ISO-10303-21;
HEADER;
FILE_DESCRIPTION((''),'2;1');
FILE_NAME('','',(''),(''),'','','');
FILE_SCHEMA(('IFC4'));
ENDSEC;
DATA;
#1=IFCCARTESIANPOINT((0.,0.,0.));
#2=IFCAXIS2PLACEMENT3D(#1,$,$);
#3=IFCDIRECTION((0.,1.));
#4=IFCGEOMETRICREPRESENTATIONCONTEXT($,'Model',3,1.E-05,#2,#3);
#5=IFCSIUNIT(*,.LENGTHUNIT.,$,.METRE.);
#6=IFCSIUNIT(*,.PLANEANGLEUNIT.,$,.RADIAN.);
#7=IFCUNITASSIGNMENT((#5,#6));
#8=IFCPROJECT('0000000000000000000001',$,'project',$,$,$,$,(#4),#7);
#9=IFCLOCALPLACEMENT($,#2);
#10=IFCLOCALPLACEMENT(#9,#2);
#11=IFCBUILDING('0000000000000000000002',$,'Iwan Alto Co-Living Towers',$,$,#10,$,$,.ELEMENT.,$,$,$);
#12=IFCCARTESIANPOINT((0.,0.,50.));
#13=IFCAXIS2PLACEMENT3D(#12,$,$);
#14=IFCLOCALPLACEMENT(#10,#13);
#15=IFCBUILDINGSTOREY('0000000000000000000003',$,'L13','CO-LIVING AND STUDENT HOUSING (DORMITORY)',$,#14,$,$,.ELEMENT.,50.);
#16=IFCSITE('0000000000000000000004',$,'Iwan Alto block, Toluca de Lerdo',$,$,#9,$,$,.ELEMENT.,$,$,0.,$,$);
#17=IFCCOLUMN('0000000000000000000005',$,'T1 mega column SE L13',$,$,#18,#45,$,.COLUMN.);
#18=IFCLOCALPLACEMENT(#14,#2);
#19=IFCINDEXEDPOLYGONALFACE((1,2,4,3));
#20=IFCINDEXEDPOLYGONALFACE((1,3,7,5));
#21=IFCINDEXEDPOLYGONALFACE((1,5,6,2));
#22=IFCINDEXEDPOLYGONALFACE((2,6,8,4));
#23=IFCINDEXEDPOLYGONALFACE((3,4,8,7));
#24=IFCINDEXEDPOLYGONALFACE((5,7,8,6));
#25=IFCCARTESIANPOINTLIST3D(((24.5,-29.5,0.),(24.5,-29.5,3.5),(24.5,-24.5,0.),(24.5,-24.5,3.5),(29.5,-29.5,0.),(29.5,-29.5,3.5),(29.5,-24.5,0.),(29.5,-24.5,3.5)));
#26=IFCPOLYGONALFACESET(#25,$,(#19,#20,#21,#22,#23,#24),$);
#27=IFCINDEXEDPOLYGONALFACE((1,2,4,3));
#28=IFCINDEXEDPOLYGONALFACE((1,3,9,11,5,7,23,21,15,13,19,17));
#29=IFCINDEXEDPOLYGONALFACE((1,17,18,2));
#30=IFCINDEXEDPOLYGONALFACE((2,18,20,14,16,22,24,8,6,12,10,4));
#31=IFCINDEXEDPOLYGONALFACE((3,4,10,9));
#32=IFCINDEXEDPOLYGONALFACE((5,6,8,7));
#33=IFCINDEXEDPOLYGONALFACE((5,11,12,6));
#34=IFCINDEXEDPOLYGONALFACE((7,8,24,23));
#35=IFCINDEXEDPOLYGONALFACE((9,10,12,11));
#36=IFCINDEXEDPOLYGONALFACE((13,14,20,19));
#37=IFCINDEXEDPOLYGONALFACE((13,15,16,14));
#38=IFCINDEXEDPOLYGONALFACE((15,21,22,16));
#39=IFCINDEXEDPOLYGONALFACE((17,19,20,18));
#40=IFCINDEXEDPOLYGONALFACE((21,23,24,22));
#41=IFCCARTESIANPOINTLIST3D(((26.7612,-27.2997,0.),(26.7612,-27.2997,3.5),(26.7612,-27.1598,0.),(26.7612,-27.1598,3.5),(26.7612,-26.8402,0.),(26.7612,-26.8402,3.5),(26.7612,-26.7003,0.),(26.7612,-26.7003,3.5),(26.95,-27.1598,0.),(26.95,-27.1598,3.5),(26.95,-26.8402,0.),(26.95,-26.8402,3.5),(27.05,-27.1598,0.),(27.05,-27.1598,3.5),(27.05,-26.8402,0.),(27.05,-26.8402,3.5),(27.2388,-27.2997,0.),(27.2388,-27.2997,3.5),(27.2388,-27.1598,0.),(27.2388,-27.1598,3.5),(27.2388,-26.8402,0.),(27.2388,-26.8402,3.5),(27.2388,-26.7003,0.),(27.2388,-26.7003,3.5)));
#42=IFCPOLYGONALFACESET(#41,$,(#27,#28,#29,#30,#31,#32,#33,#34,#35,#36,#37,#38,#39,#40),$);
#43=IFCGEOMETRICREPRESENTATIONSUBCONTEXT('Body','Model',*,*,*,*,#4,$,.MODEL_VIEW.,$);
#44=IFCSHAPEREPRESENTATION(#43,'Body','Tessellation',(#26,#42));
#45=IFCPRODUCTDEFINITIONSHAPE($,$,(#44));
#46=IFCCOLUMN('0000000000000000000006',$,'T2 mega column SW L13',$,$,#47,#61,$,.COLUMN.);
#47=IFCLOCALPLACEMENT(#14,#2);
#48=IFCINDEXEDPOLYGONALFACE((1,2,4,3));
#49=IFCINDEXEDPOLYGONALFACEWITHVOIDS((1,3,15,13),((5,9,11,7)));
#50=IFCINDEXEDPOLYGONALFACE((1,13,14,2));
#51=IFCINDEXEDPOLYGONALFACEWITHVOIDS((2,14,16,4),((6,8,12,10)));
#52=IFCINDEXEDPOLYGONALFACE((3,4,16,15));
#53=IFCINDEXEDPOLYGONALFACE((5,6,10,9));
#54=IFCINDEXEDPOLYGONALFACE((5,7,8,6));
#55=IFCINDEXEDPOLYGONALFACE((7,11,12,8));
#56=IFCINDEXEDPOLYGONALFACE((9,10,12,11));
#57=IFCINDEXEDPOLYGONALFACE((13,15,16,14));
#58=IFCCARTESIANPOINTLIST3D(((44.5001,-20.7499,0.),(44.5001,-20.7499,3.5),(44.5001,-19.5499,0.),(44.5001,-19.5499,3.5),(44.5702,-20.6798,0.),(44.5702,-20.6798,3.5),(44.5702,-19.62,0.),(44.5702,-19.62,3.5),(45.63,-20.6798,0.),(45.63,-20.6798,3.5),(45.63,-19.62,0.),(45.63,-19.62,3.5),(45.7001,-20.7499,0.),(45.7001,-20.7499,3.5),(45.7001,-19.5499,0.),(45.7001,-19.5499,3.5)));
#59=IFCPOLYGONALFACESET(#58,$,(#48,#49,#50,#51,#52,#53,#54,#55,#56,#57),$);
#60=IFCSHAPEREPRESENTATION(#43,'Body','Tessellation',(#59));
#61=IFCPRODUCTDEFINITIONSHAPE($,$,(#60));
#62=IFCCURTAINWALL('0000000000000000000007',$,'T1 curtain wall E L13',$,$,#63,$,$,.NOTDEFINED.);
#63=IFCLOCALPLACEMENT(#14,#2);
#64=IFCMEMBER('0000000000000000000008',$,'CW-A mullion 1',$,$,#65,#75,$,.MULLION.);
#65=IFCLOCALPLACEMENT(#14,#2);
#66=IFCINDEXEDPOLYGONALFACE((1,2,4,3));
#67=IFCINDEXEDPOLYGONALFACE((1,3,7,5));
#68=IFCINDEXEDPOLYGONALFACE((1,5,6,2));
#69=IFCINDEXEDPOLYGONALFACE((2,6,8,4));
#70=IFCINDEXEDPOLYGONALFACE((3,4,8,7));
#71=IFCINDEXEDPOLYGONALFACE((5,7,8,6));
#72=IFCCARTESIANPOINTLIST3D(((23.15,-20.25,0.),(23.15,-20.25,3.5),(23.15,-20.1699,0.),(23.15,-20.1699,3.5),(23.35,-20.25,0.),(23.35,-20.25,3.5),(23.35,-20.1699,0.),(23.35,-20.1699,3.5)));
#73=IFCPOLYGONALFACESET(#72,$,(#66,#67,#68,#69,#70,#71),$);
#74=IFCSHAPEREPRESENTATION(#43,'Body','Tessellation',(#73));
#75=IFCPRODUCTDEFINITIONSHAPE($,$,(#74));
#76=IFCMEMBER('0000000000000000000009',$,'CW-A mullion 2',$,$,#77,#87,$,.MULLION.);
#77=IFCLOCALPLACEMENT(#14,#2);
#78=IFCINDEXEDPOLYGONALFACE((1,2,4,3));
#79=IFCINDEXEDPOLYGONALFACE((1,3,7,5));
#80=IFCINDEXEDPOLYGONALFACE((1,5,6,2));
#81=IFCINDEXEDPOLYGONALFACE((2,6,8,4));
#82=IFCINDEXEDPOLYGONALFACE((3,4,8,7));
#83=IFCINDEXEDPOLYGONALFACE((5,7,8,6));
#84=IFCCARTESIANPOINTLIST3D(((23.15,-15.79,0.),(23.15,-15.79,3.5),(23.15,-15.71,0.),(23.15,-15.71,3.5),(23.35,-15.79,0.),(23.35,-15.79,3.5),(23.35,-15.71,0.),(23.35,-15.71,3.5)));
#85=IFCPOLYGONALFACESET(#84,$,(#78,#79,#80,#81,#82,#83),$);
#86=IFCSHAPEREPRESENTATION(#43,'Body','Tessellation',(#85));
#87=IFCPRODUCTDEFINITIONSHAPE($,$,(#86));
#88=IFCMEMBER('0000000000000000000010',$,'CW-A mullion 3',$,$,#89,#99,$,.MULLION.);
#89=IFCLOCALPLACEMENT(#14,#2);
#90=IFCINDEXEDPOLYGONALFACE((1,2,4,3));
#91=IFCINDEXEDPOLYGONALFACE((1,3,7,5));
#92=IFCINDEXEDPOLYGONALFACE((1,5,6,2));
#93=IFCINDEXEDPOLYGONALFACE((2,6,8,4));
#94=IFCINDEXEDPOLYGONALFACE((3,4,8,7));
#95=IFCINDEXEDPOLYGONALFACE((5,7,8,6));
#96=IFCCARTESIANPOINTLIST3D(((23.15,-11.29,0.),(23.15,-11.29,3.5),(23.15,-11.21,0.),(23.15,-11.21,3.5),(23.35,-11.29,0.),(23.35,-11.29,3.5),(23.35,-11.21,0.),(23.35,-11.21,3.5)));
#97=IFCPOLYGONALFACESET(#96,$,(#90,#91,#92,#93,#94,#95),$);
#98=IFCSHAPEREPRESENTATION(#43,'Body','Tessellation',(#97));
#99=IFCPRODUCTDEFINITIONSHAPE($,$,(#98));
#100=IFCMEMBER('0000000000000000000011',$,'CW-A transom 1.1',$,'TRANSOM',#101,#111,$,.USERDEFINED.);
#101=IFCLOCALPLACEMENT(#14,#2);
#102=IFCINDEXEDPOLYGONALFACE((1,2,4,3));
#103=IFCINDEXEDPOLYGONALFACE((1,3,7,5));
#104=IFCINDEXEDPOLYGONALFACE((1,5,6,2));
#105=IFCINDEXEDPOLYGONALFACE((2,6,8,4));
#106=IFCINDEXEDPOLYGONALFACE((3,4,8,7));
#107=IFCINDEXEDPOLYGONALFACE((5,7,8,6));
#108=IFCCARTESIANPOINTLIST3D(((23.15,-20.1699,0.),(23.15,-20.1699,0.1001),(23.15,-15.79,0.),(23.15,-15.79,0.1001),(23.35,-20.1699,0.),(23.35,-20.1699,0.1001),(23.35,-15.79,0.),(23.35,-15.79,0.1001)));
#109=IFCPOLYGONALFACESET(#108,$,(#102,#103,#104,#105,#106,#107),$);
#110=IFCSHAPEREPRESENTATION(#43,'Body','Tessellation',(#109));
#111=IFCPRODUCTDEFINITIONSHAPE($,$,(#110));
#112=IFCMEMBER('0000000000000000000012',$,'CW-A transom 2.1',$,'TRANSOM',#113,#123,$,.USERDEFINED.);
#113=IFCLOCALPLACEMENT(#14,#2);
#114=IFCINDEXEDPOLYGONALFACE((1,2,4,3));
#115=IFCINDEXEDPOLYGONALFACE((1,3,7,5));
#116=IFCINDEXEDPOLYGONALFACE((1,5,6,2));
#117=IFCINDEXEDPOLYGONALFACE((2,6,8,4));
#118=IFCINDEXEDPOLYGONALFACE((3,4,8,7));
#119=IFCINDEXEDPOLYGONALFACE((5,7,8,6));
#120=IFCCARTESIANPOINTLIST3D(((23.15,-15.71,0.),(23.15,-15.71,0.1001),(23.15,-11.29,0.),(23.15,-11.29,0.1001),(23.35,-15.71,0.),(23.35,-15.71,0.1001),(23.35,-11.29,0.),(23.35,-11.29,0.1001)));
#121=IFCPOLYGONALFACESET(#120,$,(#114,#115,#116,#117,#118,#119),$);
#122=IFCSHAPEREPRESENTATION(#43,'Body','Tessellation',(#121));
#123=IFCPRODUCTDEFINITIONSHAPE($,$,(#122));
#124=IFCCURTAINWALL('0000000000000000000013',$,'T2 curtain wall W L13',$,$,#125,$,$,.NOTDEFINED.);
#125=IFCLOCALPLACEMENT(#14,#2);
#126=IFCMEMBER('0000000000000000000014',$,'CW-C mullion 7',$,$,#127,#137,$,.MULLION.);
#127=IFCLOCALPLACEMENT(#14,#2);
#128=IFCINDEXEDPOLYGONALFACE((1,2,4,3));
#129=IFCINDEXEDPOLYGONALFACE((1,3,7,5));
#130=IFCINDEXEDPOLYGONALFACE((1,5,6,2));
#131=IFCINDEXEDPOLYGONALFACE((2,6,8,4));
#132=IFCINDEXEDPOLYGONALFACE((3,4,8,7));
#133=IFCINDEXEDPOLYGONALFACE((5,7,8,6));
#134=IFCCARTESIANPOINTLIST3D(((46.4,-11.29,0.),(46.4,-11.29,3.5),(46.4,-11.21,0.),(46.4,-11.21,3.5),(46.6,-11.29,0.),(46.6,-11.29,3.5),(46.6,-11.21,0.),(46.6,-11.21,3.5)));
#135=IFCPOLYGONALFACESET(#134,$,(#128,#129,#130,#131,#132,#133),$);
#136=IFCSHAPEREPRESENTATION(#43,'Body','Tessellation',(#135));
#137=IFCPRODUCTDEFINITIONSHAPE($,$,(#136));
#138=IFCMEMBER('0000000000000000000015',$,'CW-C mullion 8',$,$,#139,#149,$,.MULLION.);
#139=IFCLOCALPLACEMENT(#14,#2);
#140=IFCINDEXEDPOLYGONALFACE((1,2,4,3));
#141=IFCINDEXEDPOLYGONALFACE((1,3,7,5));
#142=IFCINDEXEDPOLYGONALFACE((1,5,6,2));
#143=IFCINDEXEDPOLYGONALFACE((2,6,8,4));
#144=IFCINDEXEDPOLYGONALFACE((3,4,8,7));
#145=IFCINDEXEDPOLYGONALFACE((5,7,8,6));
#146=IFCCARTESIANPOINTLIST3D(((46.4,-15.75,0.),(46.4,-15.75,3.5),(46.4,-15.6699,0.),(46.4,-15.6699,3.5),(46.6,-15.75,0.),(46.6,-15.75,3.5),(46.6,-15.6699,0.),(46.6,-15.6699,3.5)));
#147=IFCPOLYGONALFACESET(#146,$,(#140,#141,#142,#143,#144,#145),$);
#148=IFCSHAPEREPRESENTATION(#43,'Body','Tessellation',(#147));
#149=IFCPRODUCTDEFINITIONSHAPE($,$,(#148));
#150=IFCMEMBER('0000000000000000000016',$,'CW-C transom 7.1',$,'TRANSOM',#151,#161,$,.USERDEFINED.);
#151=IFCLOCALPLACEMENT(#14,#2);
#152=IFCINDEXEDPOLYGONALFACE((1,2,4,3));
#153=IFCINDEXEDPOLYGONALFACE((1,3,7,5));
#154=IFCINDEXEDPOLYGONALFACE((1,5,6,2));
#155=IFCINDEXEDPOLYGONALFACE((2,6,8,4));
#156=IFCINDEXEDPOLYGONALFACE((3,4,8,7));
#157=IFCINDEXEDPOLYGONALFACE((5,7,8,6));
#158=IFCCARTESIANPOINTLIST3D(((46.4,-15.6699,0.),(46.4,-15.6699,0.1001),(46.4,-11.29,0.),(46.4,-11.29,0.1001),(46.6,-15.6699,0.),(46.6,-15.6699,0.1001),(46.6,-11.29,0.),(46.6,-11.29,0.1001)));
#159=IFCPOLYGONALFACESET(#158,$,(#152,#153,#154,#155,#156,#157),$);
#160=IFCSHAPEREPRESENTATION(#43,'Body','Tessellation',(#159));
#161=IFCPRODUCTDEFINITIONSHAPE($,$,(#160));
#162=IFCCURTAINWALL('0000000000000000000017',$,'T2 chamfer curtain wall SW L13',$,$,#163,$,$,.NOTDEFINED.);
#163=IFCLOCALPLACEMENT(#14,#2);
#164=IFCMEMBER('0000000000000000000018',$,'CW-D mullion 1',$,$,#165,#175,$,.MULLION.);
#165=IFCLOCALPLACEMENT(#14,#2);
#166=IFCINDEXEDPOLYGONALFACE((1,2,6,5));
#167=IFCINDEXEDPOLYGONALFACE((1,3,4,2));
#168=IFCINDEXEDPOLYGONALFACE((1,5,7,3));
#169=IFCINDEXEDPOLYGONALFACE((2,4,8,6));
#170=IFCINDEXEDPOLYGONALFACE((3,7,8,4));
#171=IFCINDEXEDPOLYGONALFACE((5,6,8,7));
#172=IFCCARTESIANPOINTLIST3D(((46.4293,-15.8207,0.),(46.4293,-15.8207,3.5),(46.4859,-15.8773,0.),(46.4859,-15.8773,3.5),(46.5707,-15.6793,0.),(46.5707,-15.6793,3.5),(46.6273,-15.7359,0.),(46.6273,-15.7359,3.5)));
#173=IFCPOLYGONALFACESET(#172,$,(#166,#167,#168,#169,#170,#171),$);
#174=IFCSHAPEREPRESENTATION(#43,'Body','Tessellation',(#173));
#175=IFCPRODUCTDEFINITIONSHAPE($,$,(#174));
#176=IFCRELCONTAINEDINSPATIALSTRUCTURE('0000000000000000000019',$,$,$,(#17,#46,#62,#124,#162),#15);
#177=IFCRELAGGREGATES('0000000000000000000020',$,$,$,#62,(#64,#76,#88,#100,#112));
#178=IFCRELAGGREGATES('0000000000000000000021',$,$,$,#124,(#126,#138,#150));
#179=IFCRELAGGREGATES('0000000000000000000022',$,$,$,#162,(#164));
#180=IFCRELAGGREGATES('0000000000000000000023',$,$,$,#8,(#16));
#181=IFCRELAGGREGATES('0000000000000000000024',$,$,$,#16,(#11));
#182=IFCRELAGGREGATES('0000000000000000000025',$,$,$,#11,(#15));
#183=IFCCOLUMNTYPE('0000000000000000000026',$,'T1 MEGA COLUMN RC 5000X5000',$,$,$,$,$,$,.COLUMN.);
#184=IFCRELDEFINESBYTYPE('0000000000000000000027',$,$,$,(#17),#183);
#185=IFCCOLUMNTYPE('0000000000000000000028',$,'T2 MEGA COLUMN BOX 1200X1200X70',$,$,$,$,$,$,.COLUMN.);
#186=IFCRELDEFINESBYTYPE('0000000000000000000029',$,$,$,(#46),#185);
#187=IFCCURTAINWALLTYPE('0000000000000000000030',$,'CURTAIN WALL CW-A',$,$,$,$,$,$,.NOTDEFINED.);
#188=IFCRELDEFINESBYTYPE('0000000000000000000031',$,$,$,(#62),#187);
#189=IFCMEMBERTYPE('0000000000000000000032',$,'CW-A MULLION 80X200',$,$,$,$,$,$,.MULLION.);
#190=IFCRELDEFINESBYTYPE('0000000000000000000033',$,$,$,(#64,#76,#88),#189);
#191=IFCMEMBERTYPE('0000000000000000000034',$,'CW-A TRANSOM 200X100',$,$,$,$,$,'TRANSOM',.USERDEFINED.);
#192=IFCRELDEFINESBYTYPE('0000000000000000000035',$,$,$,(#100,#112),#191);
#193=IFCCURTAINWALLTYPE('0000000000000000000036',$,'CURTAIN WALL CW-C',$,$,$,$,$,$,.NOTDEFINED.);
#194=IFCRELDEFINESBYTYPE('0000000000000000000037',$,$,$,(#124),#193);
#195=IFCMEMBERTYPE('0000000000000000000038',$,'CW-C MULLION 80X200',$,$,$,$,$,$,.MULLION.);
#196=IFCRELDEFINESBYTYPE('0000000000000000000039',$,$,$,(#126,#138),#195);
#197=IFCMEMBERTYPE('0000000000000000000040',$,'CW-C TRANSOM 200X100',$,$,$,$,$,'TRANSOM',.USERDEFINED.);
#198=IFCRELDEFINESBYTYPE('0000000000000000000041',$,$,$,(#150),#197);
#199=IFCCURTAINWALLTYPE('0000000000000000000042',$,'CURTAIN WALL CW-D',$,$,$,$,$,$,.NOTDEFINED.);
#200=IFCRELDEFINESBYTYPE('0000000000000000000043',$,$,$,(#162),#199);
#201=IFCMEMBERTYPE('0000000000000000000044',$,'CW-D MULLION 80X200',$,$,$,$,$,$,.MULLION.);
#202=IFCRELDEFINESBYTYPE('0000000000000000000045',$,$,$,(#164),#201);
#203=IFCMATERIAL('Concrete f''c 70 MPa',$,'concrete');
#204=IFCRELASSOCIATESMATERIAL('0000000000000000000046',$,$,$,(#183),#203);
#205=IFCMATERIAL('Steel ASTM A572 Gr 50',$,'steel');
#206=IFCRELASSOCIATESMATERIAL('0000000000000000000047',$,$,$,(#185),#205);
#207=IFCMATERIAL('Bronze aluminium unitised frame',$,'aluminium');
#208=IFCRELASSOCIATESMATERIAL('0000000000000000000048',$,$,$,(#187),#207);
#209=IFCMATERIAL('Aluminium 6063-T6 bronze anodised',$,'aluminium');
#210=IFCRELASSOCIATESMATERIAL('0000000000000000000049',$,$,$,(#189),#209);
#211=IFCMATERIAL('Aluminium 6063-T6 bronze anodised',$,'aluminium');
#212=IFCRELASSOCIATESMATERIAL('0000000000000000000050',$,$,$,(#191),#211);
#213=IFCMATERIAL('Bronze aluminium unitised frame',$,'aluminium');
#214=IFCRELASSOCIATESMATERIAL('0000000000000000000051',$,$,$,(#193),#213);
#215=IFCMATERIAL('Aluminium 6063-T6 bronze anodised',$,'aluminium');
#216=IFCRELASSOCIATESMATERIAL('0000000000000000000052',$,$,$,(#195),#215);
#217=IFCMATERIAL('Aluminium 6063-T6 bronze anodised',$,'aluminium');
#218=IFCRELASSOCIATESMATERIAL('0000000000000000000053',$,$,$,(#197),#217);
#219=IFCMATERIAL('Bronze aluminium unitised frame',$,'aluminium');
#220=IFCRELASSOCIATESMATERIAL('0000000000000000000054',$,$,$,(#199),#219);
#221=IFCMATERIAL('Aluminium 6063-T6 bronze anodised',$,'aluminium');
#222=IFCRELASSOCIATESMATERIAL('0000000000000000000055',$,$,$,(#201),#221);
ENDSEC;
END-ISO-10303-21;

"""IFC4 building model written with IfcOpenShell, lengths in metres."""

from ifc_helpers import new_model, si_unit, direction, frame, origin, origin_2d, place, context, subcontext, project, spatial, rectangle, hollow_rectangle, i_section, extrude, material, material_profile, profile_set, type_object, element, aggregate, save


model = new_model("IFC4")

# Units and contexts
model_context = context("Model", 3, precision=1e-05, world=origin(), true_north=direction((0.0, 1.0)))
body_context = subcontext(model_context, "Body", "Model", "MODEL_VIEW")
ifc_project = project(units=[si_unit("LENGTHUNIT", "METRE"), si_unit("PLANEANGLEUNIT", "RADIAN")], contexts=[model_context])

# Site, building, storey
site_placement = place(None, origin())
site = spatial("IfcSite", under=ifc_project, at=site_placement, Name="Iwan Alto block, Toluca de Lerdo", CompositionType="ELEMENT", RefElevation=0.0)
building_placement = place(site_placement, origin())
building = spatial("IfcBuilding", under=site, at=building_placement, Name="Iwan Alto Co-Living Towers", CompositionType="ELEMENT")
storey_placement = place(building_placement, frame((0.0, 0.0, 50.0)))
storey = spatial("IfcBuildingStorey", under=building, at=storey_placement, Name="L13", Description="CO-LIVING AND STUDENT HOUSING (DORMITORY)", CompositionType="ELEMENT", Elevation=50.0)

# Columns
ifc_material_1 = material(Name="Concrete f'c 70 MPa", Category="concrete")
ifc_material_profile_1 = material_profile(ifc_material_1, rectangle(XDim=5.0, YDim=5.0, at=origin_2d()), Name="RC 5000X5000")
ifc_profile_set_1 = profile_set([ifc_material_profile_1], Name="Concrete f'c 70 MPa")
column_type_1 = type_object("IfcColumnType", Name="T1 MEGA COLUMN RC 5000X5000", PredefinedType="COLUMN", material=ifc_profile_set_1)
column_1_placement = place(storey_placement, frame((27.0, -27.0, 0.0), z_axis=(0.0, 0.0, 1.0), x_axis=(1.0, 0.0, 0.0)))
element("IfcColumn", 1, at=column_1_placement, inside=storey, type_object=column_type_1, Name="T1 mega column SE L13", PredefinedType="COLUMN", context=body_context, shape_type="SweptSolid", body=[
    extrude(rectangle(XDim=5.0, YDim=5.0, at=origin_2d()), origin(), (0.0, 0.0, 1.0), 3.5),
    extrude(i_section(OverallWidth=0.4775, OverallDepth=0.5994, WebThickness=0.1001, FlangeThickness=0.1399, at=origin_2d()), origin(), (0.0, 0.0, 1.0), 3.5),
])
ifc_material_2 = material(Name="Steel ASTM A572 Gr 50", Category="steel")
ifc_material_profile_2 = material_profile(ifc_material_2, hollow_rectangle(XDim=1.2, YDim=1.2, WallThickness=0.0701, at=origin_2d()), Name="BOX 1200X1200X70")
ifc_profile_set_2 = profile_set([ifc_material_profile_2], Name="Steel ASTM A572 Gr 50")
column_type_2 = type_object("IfcColumnType", Name="T2 MEGA COLUMN BOX 1200X1200X70", PredefinedType="COLUMN", material=ifc_profile_set_2)
column_2_placement = place(storey_placement, frame((45.1001, -20.1499, 0.0), z_axis=(0.0, 0.0, 1.0), x_axis=(1.0, 0.0, 0.0)))
element("IfcColumn", 2, at=column_2_placement, inside=storey, type_object=column_type_2, Name="T2 mega column SW L13", PredefinedType="COLUMN", context=body_context, shape_type="SweptSolid", body=[
    extrude(hollow_rectangle(XDim=1.2, YDim=1.2, WallThickness=0.0701, at=origin_2d()), origin(), (0.0, 0.0, 1.0), 3.5),
])

# Curtain walls, members
ifc_material_3 = material(Name="Bronze aluminium unitised frame", Category="aluminium")
curtain_wall_type_1 = type_object("IfcCurtainWallType", Name="CURTAIN WALL CW-A", PredefinedType="NOTDEFINED", material=ifc_material_3)
curtain_wall_1_placement = place(storey_placement, origin())
curtain_wall_1 = element("IfcCurtainWall", 3, at=curtain_wall_1_placement, inside=storey, type_object=curtain_wall_type_1, Name="T1 curtain wall E L13", PredefinedType="NOTDEFINED")
ifc_material_4 = material(Name="Aluminium 6063-T6 bronze anodised", Category="aluminium")
ifc_material_profile_3 = material_profile(ifc_material_4, rectangle(XDim=0.2, YDim=0.0801, at=origin_2d()), Name="AL 80X200")
ifc_profile_set_3 = profile_set([ifc_material_profile_3], Name="Aluminium 6063-T6 bronze anodised")
member_type_1 = type_object("IfcMemberType", Name="CW-A MULLION 80X200", PredefinedType="MULLION", material=ifc_profile_set_3)
member_1_placement = place(storey_placement, frame((23.25, -20.21, 0.0), z_axis=(0.0, 0.0, 1.0), x_axis=(-1.0, 0.0, 0.0)))
member_1 = element("IfcMember", 4, at=member_1_placement, type_object=member_type_1, Name="CW-A mullion 1", PredefinedType="MULLION", context=body_context, shape_type="SweptSolid", body=[
    extrude(rectangle(XDim=0.2, YDim=0.0801, at=origin_2d()), origin(), (0.0, 0.0, 1.0), 3.5),
])
member_2_placement = place(storey_placement, frame((23.25, -15.75, 0.0), z_axis=(0.0, 0.0, 1.0), x_axis=(-1.0, 0.0, 0.0)))
member_2 = element("IfcMember", 5, at=member_2_placement, type_object=member_type_1, Name="CW-A mullion 2", PredefinedType="MULLION", context=body_context, shape_type="SweptSolid", body=[
    extrude(rectangle(XDim=0.2, YDim=0.0801, at=origin_2d()), origin(), (0.0, 0.0, 1.0), 3.5),
])
member_3_placement = place(storey_placement, frame((23.25, -11.25, 0.0), z_axis=(0.0, 0.0, 1.0), x_axis=(-1.0, 0.0, 0.0)))
member_3 = element("IfcMember", 6, at=member_3_placement, type_object=member_type_1, Name="CW-A mullion 3", PredefinedType="MULLION", context=body_context, shape_type="SweptSolid", body=[
    extrude(rectangle(XDim=0.2, YDim=0.0801, at=origin_2d()), origin(), (0.0, 0.0, 1.0), 3.5),
])
ifc_material_5 = material(Name="Aluminium 6063-T6 bronze anodised", Category="aluminium")
ifc_material_profile_4 = material_profile(ifc_material_5, rectangle(XDim=0.2, YDim=0.1001, at=origin_2d()), Name="AL 200X100")
ifc_profile_set_4 = profile_set([ifc_material_profile_4], Name="Aluminium 6063-T6 bronze anodised")
member_type_2 = type_object("IfcMemberType", Name="CW-A TRANSOM 200X100", ElementType="TRANSOM", PredefinedType="USERDEFINED", material=ifc_profile_set_4)
member_4_placement = place(storey_placement, frame((23.25, -20.1699, 0.05), z_axis=(0.0, 1.0, 0.0), x_axis=(-1.0, 0.0, 0.0)))
member_4 = element("IfcMember", 7, at=member_4_placement, type_object=member_type_2, Name="CW-A transom 1.1", ObjectType="TRANSOM", PredefinedType="USERDEFINED", context=body_context, shape_type="SweptSolid", body=[
    extrude(rectangle(XDim=0.2, YDim=0.1001, at=origin_2d()), origin(), (0.0, 0.0, 1.0), 4.3799),
])
member_5_placement = place(storey_placement, frame((23.25, -15.71, 0.05), z_axis=(0.0, 1.0, 0.0), x_axis=(-1.0, 0.0, 0.0)))
member_5 = element("IfcMember", 8, at=member_5_placement, type_object=member_type_2, Name="CW-A transom 2.1", ObjectType="TRANSOM", PredefinedType="USERDEFINED", context=body_context, shape_type="SweptSolid", body=[
    extrude(rectangle(XDim=0.2, YDim=0.1001, at=origin_2d()), origin(), (0.0, 0.0, 1.0), 4.4199),
])
ifc_material_6 = material(Name="Bronze aluminium unitised frame", Category="aluminium")
curtain_wall_type_2 = type_object("IfcCurtainWallType", Name="CURTAIN WALL CW-C", PredefinedType="NOTDEFINED", material=ifc_material_6)
curtain_wall_2_placement = place(storey_placement, origin())
curtain_wall_2 = element("IfcCurtainWall", 9, at=curtain_wall_2_placement, inside=storey, type_object=curtain_wall_type_2, Name="T2 curtain wall W L13", PredefinedType="NOTDEFINED")
ifc_material_7 = material(Name="Aluminium 6063-T6 bronze anodised", Category="aluminium")
ifc_material_profile_5 = material_profile(ifc_material_7, rectangle(XDim=0.2, YDim=0.0801, at=origin_2d()), Name="AL 80X200")
ifc_profile_set_5 = profile_set([ifc_material_profile_5], Name="Aluminium 6063-T6 bronze anodised")
member_type_3 = type_object("IfcMemberType", Name="CW-C MULLION 80X200", PredefinedType="MULLION", material=ifc_profile_set_5)
member_6_placement = place(storey_placement, frame((46.5, -11.25, 0.0), z_axis=(0.0, 0.0, 1.0), x_axis=(1.0, 0.0, 0.0)))
member_6 = element("IfcMember", 10, at=member_6_placement, type_object=member_type_3, Name="CW-C mullion 7", PredefinedType="MULLION", context=body_context, shape_type="SweptSolid", body=[
    extrude(rectangle(XDim=0.2, YDim=0.0801, at=origin_2d()), origin(), (0.0, 0.0, 1.0), 3.5),
])
member_7_placement = place(storey_placement, frame((46.5, -15.71, 0.0), z_axis=(0.0, 0.0, 1.0), x_axis=(1.0, 0.0, 0.0)))
member_7 = element("IfcMember", 11, at=member_7_placement, type_object=member_type_3, Name="CW-C mullion 8", PredefinedType="MULLION", context=body_context, shape_type="SweptSolid", body=[
    extrude(rectangle(XDim=0.2, YDim=0.0801, at=origin_2d()), origin(), (0.0, 0.0, 1.0), 3.5),
])
ifc_material_8 = material(Name="Aluminium 6063-T6 bronze anodised", Category="aluminium")
ifc_material_profile_6 = material_profile(ifc_material_8, rectangle(XDim=0.2, YDim=0.1001, at=origin_2d()), Name="AL 200X100")
ifc_profile_set_6 = profile_set([ifc_material_profile_6], Name="Aluminium 6063-T6 bronze anodised")
member_type_4 = type_object("IfcMemberType", Name="CW-C TRANSOM 200X100", ElementType="TRANSOM", PredefinedType="USERDEFINED", material=ifc_profile_set_6)
member_8_placement = place(storey_placement, frame((46.5, -11.29, 0.05), z_axis=(0.0, -1.0, 0.0), x_axis=(1.0, 0.0, 0.0)))
member_8 = element("IfcMember", 12, at=member_8_placement, type_object=member_type_4, Name="CW-C transom 7.1", ObjectType="TRANSOM", PredefinedType="USERDEFINED", context=body_context, shape_type="SweptSolid", body=[
    extrude(rectangle(XDim=0.2, YDim=0.1001, at=origin_2d()), origin(), (0.0, 0.0, 1.0), 4.3799),
])
ifc_material_9 = material(Name="Bronze aluminium unitised frame", Category="aluminium")
curtain_wall_type_3 = type_object("IfcCurtainWallType", Name="CURTAIN WALL CW-D", PredefinedType="NOTDEFINED", material=ifc_material_9)
curtain_wall_3_placement = place(storey_placement, origin())
curtain_wall_3 = element("IfcCurtainWall", 13, at=curtain_wall_3_placement, inside=storey, type_object=curtain_wall_type_3, Name="T2 chamfer curtain wall SW L13", PredefinedType="NOTDEFINED")
ifc_material_10 = material(Name="Aluminium 6063-T6 bronze anodised", Category="aluminium")
ifc_material_profile_7 = material_profile(ifc_material_10, rectangle(XDim=0.2, YDim=0.0801, at=origin_2d()), Name="AL 80X200")
ifc_profile_set_7 = profile_set([ifc_material_profile_7], Name="Aluminium 6063-T6 bronze anodised")
member_type_5 = type_object("IfcMemberType", Name="CW-D MULLION 80X200", PredefinedType="MULLION", material=ifc_profile_set_7)
member_9_placement = place(storey_placement, frame((46.5283, -15.7783, 0.0), z_axis=(0.0, 0.0, 1.0), x_axis=(0.707107, 0.707107, 0.0)))
member_9 = element("IfcMember", 14, at=member_9_placement, type_object=member_type_5, Name="CW-D mullion 1", PredefinedType="MULLION", context=body_context, shape_type="SweptSolid", body=[
    extrude(rectangle(XDim=0.2, YDim=0.0801, at=origin_2d()), origin(), (0.0, 0.0, 1.0), 3.5),
])

aggregate(curtain_wall_1, [member_1, member_2, member_3, member_4, member_5])
aggregate(curtain_wall_2, [member_6, member_7, member_8])
aggregate(curtain_wall_3, [member_9])

save(model, "model.ifc")
